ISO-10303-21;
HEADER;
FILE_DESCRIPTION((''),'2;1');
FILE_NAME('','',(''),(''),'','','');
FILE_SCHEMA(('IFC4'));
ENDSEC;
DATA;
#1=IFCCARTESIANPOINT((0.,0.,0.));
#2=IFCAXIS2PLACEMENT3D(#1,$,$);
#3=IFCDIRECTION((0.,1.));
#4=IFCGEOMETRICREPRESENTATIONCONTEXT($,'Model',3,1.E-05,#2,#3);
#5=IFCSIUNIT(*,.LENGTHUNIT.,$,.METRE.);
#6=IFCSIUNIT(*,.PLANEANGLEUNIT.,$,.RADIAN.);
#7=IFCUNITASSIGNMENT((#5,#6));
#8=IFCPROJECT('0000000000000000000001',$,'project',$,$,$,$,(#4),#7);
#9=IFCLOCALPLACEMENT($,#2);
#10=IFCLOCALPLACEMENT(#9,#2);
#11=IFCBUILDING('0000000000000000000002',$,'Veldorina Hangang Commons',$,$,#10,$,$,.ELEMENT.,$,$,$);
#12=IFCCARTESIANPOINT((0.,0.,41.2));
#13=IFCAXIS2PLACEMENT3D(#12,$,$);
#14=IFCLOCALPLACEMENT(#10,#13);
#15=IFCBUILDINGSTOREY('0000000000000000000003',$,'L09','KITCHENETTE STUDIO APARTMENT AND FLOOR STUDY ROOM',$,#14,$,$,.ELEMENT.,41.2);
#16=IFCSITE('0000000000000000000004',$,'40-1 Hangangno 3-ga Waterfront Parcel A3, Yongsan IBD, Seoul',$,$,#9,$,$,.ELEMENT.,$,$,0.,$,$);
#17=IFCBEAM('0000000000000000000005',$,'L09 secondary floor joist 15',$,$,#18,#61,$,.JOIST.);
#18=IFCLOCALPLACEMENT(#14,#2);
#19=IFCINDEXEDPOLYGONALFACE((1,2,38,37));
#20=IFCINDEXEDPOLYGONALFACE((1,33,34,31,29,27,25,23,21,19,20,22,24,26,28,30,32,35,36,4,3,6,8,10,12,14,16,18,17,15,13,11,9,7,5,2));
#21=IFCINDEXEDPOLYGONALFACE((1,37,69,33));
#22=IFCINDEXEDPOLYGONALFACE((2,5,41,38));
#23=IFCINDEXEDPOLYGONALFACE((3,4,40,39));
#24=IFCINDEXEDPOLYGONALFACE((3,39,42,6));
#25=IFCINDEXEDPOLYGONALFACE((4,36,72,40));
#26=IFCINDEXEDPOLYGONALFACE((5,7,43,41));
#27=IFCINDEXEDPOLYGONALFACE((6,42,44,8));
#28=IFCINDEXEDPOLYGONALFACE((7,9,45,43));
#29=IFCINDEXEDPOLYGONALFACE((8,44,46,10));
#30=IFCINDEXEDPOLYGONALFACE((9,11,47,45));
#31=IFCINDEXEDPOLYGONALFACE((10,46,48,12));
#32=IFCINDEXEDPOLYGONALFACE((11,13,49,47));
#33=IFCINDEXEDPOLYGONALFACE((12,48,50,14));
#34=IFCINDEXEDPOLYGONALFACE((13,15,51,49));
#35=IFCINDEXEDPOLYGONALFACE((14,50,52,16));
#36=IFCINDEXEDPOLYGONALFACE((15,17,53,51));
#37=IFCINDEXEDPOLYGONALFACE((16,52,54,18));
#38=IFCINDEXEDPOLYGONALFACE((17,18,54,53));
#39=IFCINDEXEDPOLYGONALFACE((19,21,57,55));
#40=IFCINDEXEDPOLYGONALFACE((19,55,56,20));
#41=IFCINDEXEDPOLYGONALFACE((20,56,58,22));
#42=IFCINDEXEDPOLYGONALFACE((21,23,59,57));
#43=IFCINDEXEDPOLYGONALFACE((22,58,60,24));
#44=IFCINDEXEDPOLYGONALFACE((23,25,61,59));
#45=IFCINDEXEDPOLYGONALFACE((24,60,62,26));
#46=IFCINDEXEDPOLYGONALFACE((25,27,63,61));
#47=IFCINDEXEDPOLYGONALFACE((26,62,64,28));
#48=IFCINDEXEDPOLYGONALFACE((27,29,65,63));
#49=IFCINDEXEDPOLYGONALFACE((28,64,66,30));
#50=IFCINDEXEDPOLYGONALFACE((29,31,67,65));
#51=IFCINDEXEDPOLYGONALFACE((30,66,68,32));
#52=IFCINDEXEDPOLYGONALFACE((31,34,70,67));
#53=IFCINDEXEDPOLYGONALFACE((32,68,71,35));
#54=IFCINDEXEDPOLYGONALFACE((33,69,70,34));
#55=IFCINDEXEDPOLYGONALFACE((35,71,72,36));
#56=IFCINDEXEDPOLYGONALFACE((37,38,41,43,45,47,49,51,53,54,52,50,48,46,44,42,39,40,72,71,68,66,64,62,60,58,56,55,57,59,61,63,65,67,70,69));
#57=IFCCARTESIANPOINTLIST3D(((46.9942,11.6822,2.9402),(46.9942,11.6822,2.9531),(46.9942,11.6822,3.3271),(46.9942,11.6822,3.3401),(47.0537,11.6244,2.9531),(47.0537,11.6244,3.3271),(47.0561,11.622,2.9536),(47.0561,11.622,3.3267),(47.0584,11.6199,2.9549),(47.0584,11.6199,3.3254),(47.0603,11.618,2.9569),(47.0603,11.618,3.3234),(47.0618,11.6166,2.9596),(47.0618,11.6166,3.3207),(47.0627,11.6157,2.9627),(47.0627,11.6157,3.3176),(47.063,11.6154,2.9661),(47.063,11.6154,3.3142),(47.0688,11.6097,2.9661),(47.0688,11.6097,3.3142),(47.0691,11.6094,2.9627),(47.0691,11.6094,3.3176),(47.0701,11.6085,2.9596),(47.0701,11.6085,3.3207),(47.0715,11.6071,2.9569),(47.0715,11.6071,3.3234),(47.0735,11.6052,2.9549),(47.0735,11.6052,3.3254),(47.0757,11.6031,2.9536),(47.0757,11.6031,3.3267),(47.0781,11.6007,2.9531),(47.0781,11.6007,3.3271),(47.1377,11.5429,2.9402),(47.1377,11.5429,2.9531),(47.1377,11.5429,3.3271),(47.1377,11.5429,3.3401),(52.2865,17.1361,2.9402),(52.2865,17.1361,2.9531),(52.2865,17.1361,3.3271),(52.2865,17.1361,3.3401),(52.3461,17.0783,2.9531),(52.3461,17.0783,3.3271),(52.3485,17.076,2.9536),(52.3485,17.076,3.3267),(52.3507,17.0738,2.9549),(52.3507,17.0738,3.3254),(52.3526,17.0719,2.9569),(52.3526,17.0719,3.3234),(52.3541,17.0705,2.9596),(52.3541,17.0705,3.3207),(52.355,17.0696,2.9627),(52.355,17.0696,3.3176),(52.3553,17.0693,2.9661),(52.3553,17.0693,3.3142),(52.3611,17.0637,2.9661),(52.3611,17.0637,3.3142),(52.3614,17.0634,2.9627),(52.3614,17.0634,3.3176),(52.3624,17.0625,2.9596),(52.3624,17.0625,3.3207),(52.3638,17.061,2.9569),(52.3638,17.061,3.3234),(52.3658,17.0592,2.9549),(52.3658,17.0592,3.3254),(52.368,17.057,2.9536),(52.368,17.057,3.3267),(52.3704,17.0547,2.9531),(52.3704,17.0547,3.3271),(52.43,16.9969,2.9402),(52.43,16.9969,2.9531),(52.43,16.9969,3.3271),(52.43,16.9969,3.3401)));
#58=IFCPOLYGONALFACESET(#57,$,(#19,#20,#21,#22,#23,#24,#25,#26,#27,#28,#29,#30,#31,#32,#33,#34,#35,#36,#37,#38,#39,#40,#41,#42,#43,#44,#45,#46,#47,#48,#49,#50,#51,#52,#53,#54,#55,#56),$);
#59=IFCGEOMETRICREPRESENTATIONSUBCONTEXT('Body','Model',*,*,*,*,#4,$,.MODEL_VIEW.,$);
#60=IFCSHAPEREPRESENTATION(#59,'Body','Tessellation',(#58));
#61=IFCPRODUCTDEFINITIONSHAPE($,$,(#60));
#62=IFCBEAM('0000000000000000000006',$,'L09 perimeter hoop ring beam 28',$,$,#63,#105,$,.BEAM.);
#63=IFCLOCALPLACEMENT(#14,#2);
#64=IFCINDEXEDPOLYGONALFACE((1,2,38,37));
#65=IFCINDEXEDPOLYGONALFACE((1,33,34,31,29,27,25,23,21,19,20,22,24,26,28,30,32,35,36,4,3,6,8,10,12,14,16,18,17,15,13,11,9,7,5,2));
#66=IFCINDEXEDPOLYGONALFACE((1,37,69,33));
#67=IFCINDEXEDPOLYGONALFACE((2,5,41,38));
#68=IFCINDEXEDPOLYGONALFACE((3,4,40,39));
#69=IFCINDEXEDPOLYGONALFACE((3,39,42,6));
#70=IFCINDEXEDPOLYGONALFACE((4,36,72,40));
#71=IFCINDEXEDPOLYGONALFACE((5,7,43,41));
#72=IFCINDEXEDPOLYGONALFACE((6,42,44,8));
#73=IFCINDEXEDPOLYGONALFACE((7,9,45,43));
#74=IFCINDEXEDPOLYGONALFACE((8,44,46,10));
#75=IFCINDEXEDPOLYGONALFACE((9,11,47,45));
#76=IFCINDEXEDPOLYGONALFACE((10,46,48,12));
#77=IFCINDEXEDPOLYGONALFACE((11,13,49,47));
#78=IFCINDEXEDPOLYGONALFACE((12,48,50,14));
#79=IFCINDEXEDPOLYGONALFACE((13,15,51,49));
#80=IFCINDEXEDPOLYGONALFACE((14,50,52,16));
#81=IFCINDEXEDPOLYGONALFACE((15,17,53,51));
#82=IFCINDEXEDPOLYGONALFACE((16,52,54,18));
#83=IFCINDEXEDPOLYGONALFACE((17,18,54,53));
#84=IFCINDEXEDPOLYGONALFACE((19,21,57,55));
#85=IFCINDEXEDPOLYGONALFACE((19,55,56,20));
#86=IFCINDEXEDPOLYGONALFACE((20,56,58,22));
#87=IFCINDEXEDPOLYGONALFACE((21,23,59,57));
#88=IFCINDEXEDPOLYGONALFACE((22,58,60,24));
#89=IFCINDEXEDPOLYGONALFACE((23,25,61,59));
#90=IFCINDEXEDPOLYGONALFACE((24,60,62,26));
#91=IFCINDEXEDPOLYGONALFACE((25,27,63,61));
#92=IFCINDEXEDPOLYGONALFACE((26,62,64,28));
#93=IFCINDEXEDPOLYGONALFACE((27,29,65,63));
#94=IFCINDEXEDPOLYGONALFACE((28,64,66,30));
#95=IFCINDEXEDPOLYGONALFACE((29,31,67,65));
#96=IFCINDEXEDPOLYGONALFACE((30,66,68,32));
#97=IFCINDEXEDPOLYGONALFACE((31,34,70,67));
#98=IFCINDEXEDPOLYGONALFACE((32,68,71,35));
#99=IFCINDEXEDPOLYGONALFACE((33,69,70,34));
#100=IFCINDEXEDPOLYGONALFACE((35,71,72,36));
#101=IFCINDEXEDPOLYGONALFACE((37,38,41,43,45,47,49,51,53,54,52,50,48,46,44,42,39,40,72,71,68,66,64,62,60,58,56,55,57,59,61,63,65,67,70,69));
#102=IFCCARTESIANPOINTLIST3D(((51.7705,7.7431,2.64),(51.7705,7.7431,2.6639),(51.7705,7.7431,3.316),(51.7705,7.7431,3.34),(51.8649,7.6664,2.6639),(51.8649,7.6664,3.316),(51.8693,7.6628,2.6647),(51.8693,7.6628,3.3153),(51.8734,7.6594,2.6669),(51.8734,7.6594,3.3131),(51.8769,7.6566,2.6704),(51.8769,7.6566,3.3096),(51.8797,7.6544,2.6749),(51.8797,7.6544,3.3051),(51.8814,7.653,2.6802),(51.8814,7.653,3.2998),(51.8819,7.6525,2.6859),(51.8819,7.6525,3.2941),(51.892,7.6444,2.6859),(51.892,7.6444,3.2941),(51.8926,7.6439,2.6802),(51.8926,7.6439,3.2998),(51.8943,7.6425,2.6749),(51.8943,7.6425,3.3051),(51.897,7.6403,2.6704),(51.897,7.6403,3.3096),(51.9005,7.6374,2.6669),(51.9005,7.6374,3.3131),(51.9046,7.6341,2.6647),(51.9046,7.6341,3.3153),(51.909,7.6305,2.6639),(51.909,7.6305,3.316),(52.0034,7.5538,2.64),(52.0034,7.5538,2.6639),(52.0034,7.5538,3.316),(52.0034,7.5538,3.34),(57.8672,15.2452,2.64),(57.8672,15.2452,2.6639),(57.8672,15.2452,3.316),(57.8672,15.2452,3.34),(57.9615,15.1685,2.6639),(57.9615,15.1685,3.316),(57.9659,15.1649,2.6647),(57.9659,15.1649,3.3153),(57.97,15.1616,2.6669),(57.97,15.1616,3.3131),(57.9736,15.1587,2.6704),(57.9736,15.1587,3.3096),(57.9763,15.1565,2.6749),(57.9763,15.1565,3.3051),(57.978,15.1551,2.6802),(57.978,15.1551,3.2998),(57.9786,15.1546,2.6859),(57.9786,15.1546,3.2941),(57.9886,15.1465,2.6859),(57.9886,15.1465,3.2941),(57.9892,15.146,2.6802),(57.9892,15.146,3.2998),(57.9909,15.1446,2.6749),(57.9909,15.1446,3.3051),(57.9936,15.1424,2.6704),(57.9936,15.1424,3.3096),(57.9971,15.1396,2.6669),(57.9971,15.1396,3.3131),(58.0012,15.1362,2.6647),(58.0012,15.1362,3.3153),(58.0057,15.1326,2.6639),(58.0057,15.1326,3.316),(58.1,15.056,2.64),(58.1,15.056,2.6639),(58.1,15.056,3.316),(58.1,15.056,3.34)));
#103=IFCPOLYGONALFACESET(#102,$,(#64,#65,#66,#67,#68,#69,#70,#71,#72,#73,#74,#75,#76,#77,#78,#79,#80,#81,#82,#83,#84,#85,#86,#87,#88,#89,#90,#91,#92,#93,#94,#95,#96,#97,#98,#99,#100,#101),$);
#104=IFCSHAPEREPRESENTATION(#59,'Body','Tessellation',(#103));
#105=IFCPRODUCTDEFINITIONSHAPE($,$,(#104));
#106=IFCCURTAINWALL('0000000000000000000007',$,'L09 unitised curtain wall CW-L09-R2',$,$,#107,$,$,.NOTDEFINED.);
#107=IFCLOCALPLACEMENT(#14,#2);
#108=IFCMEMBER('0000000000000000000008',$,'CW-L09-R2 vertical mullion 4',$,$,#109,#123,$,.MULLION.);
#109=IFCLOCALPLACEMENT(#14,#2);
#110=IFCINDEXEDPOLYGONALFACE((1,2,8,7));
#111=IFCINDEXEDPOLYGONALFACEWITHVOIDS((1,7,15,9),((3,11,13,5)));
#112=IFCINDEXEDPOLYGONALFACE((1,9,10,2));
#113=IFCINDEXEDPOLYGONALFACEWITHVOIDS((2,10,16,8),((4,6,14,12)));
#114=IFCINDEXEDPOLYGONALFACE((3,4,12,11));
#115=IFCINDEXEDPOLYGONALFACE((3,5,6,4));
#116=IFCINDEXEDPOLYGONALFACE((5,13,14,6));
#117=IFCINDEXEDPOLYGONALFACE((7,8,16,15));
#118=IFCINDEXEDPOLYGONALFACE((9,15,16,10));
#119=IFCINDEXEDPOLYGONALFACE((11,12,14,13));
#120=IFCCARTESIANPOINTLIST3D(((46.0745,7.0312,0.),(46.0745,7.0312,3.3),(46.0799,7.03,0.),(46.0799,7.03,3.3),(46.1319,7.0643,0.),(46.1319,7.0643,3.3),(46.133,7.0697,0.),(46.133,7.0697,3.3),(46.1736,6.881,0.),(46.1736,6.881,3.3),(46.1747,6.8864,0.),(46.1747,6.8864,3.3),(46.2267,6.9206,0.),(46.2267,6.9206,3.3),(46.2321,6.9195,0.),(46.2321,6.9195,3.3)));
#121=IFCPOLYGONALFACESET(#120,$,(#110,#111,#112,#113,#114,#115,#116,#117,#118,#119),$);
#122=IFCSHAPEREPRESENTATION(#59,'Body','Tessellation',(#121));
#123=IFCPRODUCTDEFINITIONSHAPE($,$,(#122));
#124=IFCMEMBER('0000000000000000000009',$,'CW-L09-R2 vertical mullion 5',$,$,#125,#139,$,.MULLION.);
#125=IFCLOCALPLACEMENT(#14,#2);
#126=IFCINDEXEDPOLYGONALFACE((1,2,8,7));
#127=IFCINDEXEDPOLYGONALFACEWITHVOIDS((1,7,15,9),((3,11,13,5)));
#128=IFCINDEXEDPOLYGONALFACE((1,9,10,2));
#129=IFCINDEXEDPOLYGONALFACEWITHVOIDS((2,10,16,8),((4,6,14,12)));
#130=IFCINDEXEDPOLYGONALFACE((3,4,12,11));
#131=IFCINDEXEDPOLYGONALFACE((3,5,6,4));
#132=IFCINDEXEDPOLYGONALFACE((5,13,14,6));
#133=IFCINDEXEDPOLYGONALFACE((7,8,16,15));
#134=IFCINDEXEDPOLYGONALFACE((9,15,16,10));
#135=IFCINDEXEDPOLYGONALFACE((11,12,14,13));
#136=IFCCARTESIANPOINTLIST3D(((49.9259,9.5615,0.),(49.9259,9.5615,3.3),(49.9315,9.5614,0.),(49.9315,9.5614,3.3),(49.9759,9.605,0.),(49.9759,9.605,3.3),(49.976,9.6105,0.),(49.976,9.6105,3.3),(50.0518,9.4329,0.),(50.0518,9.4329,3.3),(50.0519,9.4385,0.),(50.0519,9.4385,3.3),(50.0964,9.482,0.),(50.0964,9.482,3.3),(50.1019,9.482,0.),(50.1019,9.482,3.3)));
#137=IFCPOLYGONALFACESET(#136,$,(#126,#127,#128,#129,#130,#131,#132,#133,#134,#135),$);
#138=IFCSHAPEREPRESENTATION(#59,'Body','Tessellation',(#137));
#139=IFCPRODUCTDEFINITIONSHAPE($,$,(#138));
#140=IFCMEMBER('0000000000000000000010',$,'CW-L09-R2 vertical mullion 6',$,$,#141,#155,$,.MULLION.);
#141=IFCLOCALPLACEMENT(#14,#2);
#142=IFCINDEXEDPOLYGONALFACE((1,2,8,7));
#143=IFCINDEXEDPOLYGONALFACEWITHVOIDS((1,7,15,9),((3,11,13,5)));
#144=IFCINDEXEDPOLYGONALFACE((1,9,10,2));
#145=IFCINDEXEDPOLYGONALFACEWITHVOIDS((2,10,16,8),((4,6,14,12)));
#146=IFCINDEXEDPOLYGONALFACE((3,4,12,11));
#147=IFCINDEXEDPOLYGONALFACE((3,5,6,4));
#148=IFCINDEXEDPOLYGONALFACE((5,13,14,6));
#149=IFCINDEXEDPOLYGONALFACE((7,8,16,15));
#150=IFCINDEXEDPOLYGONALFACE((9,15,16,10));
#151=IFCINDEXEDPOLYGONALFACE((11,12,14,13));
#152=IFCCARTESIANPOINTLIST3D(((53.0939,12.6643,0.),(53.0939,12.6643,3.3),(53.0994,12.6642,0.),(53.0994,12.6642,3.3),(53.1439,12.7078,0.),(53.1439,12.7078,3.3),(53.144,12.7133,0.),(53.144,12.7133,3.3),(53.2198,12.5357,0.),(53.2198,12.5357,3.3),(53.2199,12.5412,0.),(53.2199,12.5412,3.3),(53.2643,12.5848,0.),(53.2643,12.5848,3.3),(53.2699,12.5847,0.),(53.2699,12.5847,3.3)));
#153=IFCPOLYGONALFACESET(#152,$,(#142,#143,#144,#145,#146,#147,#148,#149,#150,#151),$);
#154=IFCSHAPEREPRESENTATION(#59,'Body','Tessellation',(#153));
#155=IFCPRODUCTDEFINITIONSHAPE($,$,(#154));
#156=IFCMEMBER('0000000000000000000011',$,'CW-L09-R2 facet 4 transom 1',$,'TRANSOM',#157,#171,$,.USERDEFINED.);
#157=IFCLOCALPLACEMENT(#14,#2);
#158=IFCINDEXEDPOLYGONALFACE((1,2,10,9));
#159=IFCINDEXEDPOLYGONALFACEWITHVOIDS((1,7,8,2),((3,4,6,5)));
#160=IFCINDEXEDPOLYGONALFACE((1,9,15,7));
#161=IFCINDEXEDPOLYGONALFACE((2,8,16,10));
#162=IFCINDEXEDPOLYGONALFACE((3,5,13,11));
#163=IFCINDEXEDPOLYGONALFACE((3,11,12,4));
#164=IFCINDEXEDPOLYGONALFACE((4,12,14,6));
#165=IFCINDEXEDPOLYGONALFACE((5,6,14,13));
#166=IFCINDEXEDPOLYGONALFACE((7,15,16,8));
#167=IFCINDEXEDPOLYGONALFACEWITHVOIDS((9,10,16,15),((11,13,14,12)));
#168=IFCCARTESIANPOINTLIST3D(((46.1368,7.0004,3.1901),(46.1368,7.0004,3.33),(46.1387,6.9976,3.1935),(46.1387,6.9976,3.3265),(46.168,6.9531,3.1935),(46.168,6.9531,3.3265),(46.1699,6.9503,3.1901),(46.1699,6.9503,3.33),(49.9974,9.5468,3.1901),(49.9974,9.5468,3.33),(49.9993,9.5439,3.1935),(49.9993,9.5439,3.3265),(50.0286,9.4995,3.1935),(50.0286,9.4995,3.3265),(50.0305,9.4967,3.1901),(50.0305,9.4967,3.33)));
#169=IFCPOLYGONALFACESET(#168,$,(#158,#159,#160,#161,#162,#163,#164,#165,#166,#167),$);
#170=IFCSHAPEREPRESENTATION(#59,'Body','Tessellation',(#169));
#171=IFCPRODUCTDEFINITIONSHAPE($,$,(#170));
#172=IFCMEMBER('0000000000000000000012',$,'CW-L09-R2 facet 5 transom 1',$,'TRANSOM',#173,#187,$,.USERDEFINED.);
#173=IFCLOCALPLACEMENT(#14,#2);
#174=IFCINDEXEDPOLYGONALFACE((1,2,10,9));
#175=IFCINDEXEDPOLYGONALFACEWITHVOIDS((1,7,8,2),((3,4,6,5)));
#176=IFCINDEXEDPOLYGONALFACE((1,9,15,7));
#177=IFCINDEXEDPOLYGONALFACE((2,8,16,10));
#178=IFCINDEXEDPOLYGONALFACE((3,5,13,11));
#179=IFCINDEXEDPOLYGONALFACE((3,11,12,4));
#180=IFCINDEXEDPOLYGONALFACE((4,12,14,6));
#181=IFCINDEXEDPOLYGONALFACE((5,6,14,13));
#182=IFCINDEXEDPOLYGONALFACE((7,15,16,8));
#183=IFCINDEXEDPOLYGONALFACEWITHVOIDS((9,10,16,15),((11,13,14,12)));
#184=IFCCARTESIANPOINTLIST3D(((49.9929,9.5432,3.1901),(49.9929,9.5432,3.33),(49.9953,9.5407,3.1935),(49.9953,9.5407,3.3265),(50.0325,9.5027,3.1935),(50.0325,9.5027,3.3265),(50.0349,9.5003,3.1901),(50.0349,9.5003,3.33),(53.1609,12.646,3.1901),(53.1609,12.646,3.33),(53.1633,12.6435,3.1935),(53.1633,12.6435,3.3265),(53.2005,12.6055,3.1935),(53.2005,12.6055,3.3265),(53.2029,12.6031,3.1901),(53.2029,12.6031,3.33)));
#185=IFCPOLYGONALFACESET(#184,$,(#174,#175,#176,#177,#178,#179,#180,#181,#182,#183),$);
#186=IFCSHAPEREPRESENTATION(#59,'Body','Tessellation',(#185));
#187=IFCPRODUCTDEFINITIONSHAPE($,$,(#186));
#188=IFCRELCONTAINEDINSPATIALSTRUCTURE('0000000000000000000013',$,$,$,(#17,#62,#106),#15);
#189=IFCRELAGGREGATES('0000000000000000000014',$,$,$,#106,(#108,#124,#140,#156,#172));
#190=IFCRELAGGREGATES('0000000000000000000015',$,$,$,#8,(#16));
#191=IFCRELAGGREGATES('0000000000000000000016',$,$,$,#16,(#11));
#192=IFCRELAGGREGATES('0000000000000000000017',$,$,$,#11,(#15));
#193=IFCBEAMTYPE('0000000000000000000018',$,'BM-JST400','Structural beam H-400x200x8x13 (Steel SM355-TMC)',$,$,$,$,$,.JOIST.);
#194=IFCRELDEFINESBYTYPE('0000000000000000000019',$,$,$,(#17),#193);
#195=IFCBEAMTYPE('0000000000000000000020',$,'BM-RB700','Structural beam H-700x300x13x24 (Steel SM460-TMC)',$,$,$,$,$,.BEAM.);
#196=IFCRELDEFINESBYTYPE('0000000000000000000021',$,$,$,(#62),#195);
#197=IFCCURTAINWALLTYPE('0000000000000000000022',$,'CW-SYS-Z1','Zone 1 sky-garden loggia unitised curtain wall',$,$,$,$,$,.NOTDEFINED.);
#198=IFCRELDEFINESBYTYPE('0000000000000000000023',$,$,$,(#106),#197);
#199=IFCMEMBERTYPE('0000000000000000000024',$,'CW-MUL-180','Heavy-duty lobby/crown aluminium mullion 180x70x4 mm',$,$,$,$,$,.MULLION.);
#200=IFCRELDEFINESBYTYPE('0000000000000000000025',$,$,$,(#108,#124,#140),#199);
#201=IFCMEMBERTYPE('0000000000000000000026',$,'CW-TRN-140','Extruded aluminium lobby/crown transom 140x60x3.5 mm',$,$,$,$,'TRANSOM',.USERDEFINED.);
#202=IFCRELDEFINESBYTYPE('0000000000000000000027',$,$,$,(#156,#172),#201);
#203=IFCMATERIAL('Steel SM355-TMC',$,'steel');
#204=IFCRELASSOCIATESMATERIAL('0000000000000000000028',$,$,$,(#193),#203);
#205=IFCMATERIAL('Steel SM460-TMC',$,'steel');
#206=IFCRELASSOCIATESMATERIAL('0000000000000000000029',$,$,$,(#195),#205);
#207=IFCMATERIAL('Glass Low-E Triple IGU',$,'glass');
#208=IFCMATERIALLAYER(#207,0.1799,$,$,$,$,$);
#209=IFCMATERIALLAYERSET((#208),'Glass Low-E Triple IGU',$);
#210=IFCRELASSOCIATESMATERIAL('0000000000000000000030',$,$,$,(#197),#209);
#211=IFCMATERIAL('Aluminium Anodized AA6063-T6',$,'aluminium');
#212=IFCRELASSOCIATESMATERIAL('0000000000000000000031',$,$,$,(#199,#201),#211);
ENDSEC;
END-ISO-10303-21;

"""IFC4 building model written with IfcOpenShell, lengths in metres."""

from ifc_helpers import new_model, si_unit, direction, frame, origin, origin_2d, place, context, subcontext, project, spatial, hollow_rectangle, i_section, extrude, material, layer, layer_set, material_profile, profile_set, type_object, element, aggregate, save


model = new_model("IFC4")

# Units and contexts
model_context = context("Model", 3, precision=1e-05, world=origin(), true_north=direction((0.0, 1.0)))
body_context = subcontext(model_context, "Body", "Model", "MODEL_VIEW")
ifc_project = project(units=[si_unit("LENGTHUNIT", "METRE"), si_unit("PLANEANGLEUNIT", "RADIAN")], contexts=[model_context])

# Site, building, storey
site_placement = place(None, origin())
site = spatial("IfcSite", under=ifc_project, at=site_placement, Name="40-1 Hangangno 3-ga Waterfront Parcel A3, Yongsan IBD, Seoul", CompositionType="ELEMENT", RefElevation=0.0)
building_placement = place(site_placement, origin())
building = spatial("IfcBuilding", under=site, at=building_placement, Name="Veldorina Hangang Commons", CompositionType="ELEMENT")
storey_placement = place(building_placement, frame((0.0, 0.0, 41.2)))
storey = spatial("IfcBuildingStorey", under=building, at=storey_placement, Name="L09", Description="KITCHENETTE STUDIO APARTMENT AND FLOOR STUDY ROOM", CompositionType="ELEMENT", Elevation=41.2)

# Beams
ifc_material_1 = material(Name="Steel SM355-TMC", Category="steel")
ifc_material_profile_1 = material_profile(ifc_material_1, i_section(OverallWidth=0.2, OverallDepth=0.3999, WebThickness=0.0081, FlangeThickness=0.0129, FilletRadius=0.0129, at=origin_2d()), Name="H-400x200x8x13")
ifc_profile_set_1 = profile_set([ifc_material_profile_1], Name="Steel SM355-TMC")
beam_type_1 = type_object("IfcBeamType", Name="BM-JST400", Description="Structural beam H-400x200x8x13 (Steel SM355-TMC)", PredefinedType="JOIST", material=ifc_profile_set_1)
beam_1_placement = place(storey_placement, frame((47.0659, 11.6125, 3.1401), z_axis=(0.696393, 0.71766, 0.0), x_axis=(-0.71766, 0.696393, 0.0)))
element("IfcBeam", 1, at=beam_1_placement, inside=storey, type_object=beam_type_1, Name="L09 secondary floor joist 15", PredefinedType="JOIST", context=body_context, shape_type="SweptSolid", body=[
    extrude(i_section(OverallWidth=0.2, OverallDepth=0.3999, WebThickness=0.0081, FlangeThickness=0.0129, FilletRadius=0.0129, at=origin_2d()), origin(), (0.0, 0.0, 1.0), 7.5996),
])
ifc_material_2 = material(Name="Steel SM460-TMC", Category="steel")
ifc_material_profile_2 = material_profile(ifc_material_2, i_section(OverallWidth=0.3, OverallDepth=0.7, WebThickness=0.0129, FlangeThickness=0.0239, FilletRadius=0.022, at=origin_2d()), Name="H-700x300x13x24")
ifc_profile_set_2 = profile_set([ifc_material_profile_2], Name="Steel SM460-TMC")
beam_type_2 = type_object("IfcBeamType", Name="BM-RB700", Description="Structural beam H-700x300x13x24 (Steel SM460-TMC)", PredefinedType="BEAM", material=ifc_profile_set_2)
beam_2_placement = place(storey_placement, frame((51.887, 7.6484, 2.99), z_axis=(0.630664, 0.776056, 0.0), x_axis=(-0.776056, 0.630664, 0.0)))
element("IfcBeam", 2, at=beam_2_placement, inside=storey, type_object=beam_type_2, Name="L09 perimeter hoop ring beam 28", PredefinedType="BEAM", context=body_context, shape_type="SweptSolid", body=[
    extrude(i_section(OverallWidth=0.3, OverallDepth=0.7, WebThickness=0.0129, FlangeThickness=0.0239, FilletRadius=0.022, at=origin_2d()), origin(), (0.0, 0.0, 1.0), 9.667),
])

# Curtain wall, members
ifc_material_3 = material(Name="Glass Low-E Triple IGU", Category="glass")
ifc_layer_1 = layer(ifc_material_3, 0.1799)
ifc_layer_set_1 = layer_set([ifc_layer_1], Name="Glass Low-E Triple IGU")
curtain_wall_type = type_object("IfcCurtainWallType", Name="CW-SYS-Z1", Description="Zone 1 sky-garden loggia unitised curtain wall", PredefinedType="NOTDEFINED", material=ifc_layer_set_1)
curtain_wall_placement = place(storey_placement, origin())
curtain_wall = element("IfcCurtainWall", 3, at=curtain_wall_placement, inside=storey, type_object=curtain_wall_type, Name="L09 unitised curtain wall CW-L09-R2", PredefinedType="NOTDEFINED")
ifc_material_4 = material(Name="Aluminium Anodized AA6063-T6", Category="aluminium")
ifc_material_profile_3 = material_profile(ifc_material_4, hollow_rectangle(XDim=0.0701, YDim=0.1799, WallThickness=0.0039, at=origin_2d()), Name="ALU-RHS-180x70x4")
ifc_profile_set_3 = profile_set([ifc_material_profile_3], Name="Aluminium Anodized AA6063-T6")
member_type_1 = type_object("IfcMemberType", Name="CW-MUL-180", Description="Heavy-duty lobby/crown aluminium mullion 180x70x4 mm", PredefinedType="MULLION", material=ifc_profile_set_3)
member_1_placement = place(storey_placement, frame((46.1533, 6.9753, 0.0), z_axis=(0.0, 0.0, 1.0), x_axis=(0.834752, 0.550626, 0.0)))
member_1 = element("IfcMember", 4, at=member_1_placement, type_object=member_type_1, Name="CW-L09-R2 vertical mullion 4", PredefinedType="MULLION", context=body_context, shape_type="SweptSolid", body=[
    extrude(hollow_rectangle(XDim=0.0701, YDim=0.1799, WallThickness=0.0039, at=origin_2d()), origin(), (0.0, 0.0, 1.0), 3.3),
])
member_2_placement = place(storey_placement, frame((50.0139, 9.5217, 0.0), z_axis=(0.0, 0.0, 1.0), x_axis=(0.714448, 0.699688, 0.0)))
member_2 = element("IfcMember", 5, at=member_2_placement, type_object=member_type_1, Name="CW-L09-R2 vertical mullion 5", PredefinedType="MULLION", context=body_context, shape_type="SweptSolid", body=[
    extrude(hollow_rectangle(XDim=0.0701, YDim=0.1799, WallThickness=0.0039, at=origin_2d()), origin(), (0.0, 0.0, 1.0), 3.3),
])
member_3_placement = place(storey_placement, frame((53.1819, 12.6245, 0.0), z_axis=(0.0, 0.0, 1.0), x_axis=(-0.714448, -0.699688, 0.0)))
member_3 = element("IfcMember", 6, at=member_3_placement, type_object=member_type_1, Name="CW-L09-R2 vertical mullion 6", PredefinedType="MULLION", context=body_context, shape_type="SweptSolid", body=[
    extrude(hollow_rectangle(XDim=0.0701, YDim=0.1799, WallThickness=0.0039, at=origin_2d()), origin(), (0.0, 0.0, 1.0), 3.3),
])
ifc_material_profile_4 = material_profile(ifc_material_4, hollow_rectangle(XDim=0.0601, YDim=0.1399, WallThickness=0.0034, at=origin_2d()), Name="ALU-RHS-140x60x3.5")
ifc_profile_set_4 = profile_set([ifc_material_profile_4], Name="Aluminium Anodized AA6063-T6")
member_type_2 = type_object("IfcMemberType", Name="CW-TRN-140", Description="Extruded aluminium lobby/crown transom 140x60x3.5 mm", ElementType="TRANSOM", PredefinedType="USERDEFINED", material=ifc_profile_set_4)
member_4_placement = place(storey_placement, frame((46.1533, 6.9753, 3.26), z_axis=(0.834769, 0.5506, 0.0), x_axis=(-0.5506, 0.834769, 0.0)))
member_4 = element("IfcMember", 7, at=member_4_placement, type_object=member_type_2, Name="CW-L09-R2 facet 4 transom 1", ObjectType="TRANSOM", PredefinedType="USERDEFINED", context=body_context, shape_type="SweptSolid", body=[
    extrude(hollow_rectangle(XDim=0.0601, YDim=0.1399, WallThickness=0.0034, at=origin_2d()), origin(), (0.0, 0.0, 1.0), 4.6248),
])
member_5_placement = place(storey_placement, frame((50.0139, 9.5217, 3.26), z_axis=(0.714419, 0.699718, 0.0), x_axis=(-0.699718, 0.714419, 0.0)))
member_5 = element("IfcMember", 8, at=member_5_placement, type_object=member_type_2, Name="CW-L09-R2 facet 5 transom 1", ObjectType="TRANSOM", PredefinedType="USERDEFINED", context=body_context, shape_type="SweptSolid", body=[
    extrude(hollow_rectangle(XDim=0.0601, YDim=0.1399, WallThickness=0.0034, at=origin_2d()), origin(), (0.0, 0.0, 1.0), 4.4343),
])

aggregate(curtain_wall, [member_1, member_2, member_3, member_4, member_5])

save(model, "model.ifc")
